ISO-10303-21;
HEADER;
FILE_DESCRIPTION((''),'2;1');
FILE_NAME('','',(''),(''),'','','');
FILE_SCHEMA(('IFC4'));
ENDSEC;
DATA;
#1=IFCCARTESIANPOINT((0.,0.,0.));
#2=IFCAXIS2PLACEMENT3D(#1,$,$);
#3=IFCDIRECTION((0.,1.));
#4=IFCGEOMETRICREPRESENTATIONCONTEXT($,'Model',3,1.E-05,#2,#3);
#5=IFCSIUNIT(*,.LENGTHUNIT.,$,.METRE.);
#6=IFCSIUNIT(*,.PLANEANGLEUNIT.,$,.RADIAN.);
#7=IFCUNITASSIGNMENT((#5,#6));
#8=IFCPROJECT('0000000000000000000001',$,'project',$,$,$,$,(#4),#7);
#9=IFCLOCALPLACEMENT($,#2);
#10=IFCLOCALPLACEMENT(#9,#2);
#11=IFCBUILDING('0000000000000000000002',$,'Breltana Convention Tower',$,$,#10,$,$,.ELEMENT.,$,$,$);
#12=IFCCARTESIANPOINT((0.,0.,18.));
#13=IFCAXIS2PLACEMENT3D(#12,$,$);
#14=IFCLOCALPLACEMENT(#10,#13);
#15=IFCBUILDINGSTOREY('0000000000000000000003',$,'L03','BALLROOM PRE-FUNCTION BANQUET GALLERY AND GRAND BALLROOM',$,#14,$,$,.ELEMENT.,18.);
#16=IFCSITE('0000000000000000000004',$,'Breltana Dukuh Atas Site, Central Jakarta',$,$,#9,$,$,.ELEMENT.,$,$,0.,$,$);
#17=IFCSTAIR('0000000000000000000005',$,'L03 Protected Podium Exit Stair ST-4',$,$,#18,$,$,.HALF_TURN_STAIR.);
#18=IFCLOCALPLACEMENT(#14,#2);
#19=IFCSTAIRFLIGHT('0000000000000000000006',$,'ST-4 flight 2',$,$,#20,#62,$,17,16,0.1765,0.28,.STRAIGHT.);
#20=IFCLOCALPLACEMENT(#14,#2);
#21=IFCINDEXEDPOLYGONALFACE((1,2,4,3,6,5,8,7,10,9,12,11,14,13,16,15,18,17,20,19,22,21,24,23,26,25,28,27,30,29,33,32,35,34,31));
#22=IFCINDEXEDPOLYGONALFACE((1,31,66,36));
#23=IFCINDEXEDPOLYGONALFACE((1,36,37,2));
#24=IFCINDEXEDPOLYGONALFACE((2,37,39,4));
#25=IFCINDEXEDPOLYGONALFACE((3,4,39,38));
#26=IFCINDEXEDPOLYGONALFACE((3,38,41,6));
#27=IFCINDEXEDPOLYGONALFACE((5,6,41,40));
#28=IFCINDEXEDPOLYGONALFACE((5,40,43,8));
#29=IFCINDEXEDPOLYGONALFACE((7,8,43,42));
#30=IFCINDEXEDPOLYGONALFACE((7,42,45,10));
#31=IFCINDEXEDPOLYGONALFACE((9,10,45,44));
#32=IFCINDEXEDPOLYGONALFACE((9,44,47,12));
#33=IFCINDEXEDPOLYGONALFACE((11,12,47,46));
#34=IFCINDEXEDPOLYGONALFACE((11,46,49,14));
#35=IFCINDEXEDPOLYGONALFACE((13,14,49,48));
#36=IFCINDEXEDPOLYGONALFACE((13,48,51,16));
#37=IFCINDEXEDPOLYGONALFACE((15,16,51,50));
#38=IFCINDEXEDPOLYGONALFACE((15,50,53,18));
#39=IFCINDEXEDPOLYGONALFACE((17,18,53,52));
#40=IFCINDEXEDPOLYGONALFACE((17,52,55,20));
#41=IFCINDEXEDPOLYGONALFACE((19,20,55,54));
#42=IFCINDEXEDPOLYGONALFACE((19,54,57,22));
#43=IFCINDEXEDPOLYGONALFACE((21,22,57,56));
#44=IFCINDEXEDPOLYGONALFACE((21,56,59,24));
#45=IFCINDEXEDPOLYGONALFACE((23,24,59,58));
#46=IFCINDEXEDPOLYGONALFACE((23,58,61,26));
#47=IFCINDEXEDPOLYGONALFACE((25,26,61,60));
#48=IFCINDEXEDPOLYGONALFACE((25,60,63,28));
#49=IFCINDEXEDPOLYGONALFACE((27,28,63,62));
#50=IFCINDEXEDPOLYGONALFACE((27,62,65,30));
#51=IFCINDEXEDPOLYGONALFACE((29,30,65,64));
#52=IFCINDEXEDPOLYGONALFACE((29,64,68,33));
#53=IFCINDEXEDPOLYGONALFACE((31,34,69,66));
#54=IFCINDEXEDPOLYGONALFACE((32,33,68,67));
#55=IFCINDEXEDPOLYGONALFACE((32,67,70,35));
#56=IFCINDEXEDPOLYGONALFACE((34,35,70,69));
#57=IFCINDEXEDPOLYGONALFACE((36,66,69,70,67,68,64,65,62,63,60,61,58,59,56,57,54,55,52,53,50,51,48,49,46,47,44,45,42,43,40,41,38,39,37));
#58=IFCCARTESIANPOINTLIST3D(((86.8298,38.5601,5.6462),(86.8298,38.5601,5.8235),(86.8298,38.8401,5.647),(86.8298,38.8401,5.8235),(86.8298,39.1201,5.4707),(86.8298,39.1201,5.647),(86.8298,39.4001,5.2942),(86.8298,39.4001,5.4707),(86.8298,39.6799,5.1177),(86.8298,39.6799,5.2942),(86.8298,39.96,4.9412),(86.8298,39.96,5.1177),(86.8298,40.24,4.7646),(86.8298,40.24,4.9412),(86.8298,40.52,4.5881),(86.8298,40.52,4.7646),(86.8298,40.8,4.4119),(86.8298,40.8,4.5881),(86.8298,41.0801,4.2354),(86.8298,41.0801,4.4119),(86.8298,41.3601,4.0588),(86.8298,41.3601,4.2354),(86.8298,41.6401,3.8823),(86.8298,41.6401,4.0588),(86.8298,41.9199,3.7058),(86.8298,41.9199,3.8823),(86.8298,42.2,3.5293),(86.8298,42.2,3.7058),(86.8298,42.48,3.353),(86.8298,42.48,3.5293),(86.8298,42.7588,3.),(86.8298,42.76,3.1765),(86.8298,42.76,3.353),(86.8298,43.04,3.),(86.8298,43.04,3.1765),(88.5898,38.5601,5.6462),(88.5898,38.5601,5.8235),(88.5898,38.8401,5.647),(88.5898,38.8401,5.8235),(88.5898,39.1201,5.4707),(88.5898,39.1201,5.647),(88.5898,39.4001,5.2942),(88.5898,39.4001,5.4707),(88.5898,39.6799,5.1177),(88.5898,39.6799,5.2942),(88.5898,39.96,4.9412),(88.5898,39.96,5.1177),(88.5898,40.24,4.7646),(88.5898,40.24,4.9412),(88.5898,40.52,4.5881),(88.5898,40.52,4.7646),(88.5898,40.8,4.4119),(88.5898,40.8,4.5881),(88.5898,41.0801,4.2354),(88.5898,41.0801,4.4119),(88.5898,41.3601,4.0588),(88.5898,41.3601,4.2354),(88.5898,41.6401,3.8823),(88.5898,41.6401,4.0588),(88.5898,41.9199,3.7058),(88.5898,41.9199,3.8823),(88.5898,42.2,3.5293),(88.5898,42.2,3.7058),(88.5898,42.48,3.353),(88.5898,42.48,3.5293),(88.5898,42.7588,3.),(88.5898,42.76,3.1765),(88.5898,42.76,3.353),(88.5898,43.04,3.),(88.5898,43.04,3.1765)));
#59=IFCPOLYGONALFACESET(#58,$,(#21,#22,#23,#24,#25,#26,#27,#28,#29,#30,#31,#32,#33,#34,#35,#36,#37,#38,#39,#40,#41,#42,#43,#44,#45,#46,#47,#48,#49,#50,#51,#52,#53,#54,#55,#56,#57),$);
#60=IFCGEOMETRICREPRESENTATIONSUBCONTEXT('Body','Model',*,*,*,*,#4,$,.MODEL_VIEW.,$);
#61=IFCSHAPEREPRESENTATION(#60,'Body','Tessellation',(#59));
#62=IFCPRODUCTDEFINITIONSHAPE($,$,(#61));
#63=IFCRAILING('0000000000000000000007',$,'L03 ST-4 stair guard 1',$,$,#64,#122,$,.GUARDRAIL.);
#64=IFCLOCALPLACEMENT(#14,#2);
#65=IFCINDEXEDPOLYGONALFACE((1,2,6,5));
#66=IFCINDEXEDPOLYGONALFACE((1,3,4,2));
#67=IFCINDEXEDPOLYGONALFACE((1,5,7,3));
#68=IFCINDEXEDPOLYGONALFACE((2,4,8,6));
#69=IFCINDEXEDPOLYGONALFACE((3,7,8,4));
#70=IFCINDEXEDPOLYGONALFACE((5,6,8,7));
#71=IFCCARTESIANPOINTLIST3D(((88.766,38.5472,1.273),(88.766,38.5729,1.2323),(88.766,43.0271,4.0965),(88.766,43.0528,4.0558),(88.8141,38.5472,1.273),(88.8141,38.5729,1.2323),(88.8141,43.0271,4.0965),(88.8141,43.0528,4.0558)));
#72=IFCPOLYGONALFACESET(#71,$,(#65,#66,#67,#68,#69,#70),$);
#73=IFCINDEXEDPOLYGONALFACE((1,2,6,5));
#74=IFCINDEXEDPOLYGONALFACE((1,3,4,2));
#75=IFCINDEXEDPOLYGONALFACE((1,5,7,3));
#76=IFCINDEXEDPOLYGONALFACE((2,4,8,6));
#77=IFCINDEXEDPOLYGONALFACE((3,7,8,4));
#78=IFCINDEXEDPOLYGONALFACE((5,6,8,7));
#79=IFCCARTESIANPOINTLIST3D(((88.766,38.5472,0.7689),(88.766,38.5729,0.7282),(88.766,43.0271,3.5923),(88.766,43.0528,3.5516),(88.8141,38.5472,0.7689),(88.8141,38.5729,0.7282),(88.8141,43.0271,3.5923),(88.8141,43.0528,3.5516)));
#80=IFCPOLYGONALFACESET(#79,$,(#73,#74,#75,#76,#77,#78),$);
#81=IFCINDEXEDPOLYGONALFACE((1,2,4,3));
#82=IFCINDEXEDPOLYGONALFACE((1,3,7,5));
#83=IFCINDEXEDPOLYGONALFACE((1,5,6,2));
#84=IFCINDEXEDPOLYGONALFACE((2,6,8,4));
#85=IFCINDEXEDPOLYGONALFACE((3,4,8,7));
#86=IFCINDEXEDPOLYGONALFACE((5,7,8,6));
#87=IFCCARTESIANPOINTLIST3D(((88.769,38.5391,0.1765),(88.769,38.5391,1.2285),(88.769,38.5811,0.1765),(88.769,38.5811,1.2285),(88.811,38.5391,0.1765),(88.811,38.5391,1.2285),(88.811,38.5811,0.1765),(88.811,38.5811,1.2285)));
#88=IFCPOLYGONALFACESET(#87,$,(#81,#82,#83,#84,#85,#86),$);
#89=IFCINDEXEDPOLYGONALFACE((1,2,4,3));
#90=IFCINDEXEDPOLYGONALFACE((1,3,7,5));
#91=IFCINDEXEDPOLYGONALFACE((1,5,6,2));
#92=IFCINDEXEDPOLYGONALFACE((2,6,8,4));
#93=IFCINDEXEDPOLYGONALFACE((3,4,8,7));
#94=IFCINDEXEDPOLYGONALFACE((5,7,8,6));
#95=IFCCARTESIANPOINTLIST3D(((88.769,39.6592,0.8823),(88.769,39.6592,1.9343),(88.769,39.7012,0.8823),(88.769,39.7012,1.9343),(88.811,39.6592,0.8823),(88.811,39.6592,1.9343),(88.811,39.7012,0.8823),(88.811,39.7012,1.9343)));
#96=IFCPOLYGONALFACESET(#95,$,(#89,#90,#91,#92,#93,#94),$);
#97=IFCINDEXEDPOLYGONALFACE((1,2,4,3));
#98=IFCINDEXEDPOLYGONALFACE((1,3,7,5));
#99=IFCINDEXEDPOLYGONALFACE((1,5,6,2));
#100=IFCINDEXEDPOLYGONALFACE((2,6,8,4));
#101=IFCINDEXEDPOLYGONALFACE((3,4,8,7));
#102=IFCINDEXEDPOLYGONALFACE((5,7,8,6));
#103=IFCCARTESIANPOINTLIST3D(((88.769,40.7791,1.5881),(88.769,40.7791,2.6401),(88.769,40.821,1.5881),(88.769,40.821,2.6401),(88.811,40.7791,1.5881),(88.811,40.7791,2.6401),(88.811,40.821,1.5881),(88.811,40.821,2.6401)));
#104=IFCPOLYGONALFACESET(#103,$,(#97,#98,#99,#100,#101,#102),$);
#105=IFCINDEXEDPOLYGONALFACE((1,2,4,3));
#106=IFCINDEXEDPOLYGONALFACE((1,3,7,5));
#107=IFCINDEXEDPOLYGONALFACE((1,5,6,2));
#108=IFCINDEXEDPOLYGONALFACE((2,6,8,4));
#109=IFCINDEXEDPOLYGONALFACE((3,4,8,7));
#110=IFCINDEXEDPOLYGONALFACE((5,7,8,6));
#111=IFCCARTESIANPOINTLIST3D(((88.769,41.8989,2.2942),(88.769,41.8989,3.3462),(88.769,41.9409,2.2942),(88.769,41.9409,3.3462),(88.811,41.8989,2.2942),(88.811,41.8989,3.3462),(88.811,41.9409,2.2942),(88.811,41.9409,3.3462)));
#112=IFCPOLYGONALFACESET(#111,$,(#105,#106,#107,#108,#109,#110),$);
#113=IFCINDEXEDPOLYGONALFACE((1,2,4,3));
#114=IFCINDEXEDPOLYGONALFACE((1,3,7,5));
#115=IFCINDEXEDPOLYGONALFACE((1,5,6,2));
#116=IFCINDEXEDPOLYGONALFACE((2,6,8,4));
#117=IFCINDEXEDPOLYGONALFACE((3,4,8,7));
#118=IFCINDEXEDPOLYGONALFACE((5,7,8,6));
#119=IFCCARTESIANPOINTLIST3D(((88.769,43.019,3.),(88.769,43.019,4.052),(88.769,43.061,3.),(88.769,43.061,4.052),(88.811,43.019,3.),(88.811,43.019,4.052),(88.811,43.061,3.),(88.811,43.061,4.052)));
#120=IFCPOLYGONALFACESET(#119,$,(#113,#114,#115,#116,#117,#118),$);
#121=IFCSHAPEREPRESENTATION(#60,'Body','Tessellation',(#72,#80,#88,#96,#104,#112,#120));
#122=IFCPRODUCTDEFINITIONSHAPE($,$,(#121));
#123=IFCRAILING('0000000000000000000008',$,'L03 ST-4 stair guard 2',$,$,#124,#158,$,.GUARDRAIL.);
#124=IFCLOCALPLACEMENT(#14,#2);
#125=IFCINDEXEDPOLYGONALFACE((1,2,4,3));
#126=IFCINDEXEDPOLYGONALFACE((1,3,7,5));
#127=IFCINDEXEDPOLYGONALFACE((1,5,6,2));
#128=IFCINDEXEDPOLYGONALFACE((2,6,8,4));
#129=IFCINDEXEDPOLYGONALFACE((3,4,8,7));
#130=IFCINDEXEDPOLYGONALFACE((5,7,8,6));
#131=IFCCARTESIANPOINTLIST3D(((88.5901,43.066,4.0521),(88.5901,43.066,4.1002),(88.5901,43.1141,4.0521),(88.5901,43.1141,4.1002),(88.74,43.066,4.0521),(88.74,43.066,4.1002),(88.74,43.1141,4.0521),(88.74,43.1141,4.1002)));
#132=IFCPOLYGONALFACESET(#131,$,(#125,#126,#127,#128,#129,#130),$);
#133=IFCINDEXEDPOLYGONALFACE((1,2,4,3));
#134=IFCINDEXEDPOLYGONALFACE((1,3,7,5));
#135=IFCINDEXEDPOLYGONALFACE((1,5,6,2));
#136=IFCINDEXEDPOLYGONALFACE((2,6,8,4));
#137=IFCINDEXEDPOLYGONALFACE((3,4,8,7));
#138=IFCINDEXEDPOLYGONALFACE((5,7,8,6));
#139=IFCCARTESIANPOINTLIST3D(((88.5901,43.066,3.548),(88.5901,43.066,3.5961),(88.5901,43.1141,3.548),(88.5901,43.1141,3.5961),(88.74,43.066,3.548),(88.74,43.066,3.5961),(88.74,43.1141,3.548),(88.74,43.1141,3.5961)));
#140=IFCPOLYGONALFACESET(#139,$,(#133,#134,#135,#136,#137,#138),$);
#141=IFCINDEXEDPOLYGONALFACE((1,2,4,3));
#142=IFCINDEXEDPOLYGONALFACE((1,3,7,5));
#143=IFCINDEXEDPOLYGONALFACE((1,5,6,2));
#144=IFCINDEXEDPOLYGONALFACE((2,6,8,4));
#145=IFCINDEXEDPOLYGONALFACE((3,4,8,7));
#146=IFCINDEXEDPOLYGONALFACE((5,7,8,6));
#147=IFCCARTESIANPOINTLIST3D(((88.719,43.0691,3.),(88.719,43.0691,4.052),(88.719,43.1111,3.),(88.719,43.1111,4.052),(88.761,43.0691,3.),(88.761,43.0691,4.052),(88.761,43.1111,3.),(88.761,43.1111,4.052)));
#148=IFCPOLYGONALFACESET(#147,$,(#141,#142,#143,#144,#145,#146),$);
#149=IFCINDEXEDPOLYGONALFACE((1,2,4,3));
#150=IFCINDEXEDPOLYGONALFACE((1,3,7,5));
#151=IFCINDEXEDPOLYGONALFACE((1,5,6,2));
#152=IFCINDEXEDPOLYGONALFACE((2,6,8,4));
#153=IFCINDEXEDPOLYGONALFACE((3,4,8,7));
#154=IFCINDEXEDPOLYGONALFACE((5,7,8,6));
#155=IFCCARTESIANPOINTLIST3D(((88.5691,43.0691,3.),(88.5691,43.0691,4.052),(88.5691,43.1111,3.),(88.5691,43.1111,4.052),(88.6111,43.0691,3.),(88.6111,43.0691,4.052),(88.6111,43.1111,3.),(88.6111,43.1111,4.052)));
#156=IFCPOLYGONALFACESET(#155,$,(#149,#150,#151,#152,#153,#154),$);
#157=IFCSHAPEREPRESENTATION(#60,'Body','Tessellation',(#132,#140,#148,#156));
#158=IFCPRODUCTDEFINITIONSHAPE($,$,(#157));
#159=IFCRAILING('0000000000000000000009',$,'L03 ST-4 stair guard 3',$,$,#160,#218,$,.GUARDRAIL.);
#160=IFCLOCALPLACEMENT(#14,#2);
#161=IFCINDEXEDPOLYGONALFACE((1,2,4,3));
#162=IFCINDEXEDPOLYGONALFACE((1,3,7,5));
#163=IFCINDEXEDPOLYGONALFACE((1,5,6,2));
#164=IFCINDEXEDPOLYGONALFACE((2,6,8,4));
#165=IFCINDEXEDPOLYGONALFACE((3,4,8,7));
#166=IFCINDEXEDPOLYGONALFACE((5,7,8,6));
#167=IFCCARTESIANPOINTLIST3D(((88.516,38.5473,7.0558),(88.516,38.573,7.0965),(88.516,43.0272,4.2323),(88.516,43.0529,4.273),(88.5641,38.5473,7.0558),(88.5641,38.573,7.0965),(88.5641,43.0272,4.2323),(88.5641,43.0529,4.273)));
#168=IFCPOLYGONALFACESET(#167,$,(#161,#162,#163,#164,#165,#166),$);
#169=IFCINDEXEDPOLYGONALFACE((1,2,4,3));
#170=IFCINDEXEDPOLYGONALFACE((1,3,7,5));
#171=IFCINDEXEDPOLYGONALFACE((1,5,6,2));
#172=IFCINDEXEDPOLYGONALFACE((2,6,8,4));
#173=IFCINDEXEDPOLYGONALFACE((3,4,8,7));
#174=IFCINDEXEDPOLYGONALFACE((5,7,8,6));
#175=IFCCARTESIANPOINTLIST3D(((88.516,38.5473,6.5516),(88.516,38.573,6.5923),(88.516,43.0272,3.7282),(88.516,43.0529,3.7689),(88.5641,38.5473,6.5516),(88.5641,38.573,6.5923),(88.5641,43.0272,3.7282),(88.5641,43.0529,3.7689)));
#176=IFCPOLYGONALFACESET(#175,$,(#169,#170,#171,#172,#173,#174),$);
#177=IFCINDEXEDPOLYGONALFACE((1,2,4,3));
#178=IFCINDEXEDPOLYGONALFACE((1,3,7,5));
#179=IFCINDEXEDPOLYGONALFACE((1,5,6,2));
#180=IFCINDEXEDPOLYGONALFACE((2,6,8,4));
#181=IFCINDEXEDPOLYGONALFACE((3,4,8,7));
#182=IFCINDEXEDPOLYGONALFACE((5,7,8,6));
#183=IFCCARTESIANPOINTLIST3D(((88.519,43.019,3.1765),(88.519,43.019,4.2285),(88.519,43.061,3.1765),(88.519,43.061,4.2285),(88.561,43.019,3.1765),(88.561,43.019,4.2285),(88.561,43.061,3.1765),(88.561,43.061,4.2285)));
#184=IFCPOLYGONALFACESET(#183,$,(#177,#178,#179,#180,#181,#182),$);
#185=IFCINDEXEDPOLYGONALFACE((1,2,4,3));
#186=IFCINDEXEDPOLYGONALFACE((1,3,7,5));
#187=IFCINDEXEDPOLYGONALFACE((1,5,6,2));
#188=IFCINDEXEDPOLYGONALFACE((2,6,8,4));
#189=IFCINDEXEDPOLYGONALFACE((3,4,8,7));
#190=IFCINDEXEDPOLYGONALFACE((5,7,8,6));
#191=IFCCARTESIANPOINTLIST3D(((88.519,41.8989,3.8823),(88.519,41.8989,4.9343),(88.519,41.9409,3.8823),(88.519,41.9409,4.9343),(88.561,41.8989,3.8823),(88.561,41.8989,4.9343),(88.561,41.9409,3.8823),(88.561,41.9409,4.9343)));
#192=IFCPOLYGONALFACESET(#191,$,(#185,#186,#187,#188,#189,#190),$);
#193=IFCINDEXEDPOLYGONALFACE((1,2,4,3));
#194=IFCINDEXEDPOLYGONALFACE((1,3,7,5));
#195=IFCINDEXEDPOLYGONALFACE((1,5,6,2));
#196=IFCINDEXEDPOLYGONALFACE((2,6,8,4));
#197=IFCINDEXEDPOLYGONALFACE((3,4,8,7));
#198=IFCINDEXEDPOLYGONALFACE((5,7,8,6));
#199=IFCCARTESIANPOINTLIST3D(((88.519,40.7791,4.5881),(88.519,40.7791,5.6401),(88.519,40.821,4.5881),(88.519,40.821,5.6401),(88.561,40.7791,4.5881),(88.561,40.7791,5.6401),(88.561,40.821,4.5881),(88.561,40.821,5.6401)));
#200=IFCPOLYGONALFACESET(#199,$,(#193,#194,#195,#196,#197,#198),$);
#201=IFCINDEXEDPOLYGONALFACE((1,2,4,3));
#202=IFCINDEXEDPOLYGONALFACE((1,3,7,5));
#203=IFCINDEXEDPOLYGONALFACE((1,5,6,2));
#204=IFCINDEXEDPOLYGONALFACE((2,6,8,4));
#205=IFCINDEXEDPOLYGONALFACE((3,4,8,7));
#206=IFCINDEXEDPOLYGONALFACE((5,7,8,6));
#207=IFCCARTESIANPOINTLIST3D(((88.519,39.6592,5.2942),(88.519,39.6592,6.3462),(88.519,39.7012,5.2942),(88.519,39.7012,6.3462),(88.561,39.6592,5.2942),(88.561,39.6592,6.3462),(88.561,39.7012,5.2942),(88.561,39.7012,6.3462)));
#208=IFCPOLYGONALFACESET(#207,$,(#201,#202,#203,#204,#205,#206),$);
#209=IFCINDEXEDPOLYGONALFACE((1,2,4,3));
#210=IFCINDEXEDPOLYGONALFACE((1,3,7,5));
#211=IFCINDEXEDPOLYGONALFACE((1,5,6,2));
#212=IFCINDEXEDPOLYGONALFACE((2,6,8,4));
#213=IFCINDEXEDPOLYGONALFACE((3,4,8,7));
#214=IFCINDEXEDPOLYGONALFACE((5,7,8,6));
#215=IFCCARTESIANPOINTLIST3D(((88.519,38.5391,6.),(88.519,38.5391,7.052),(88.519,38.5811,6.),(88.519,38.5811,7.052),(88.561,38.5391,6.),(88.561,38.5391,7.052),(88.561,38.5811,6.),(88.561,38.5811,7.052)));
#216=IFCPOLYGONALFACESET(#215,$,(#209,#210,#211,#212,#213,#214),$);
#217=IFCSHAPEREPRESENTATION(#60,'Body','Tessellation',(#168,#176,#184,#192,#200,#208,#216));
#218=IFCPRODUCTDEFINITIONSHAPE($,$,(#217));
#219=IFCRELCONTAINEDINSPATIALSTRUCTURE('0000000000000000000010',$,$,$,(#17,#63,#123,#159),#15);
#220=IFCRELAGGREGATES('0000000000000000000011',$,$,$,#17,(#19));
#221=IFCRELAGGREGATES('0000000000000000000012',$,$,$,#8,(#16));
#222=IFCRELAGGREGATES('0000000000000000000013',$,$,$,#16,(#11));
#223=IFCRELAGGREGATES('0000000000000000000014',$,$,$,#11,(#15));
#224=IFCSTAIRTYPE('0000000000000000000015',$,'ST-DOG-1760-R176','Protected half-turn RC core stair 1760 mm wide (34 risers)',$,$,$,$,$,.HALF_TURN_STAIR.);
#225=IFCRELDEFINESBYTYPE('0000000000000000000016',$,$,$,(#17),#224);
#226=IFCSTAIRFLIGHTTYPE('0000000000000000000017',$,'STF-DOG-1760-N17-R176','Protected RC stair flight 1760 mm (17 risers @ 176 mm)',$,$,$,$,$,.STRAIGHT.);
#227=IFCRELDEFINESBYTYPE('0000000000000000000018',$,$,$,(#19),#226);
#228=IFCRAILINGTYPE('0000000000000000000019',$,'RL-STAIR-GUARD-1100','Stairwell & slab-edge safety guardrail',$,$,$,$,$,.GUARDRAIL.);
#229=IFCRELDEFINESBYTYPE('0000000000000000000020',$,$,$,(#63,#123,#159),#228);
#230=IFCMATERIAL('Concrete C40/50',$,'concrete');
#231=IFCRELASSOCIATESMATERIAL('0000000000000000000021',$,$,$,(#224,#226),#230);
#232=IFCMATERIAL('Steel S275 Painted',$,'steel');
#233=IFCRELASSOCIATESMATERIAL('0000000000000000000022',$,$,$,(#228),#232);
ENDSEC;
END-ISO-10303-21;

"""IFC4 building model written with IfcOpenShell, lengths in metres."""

from ifc_helpers import new_model, si_unit, direction, frame, origin, origin_2d, place, context, subcontext, project, spatial, polyline, rectangle, outline, extrude, material, type_object, element, aggregate, save


model = new_model("IFC4")

# Units and contexts
model_context = context("Model", 3, precision=1e-05, world=origin(), true_north=direction((0.0, 1.0)))
body_context = subcontext(model_context, "Body", "Model", "MODEL_VIEW")
ifc_project = project(units=[si_unit("LENGTHUNIT", "METRE"), si_unit("PLANEANGLEUNIT", "RADIAN")], contexts=[model_context])

# Site, building, storey
site_placement = place(None, origin())
site = spatial("IfcSite", under=ifc_project, at=site_placement, Name="Breltana Dukuh Atas Site, Central Jakarta", CompositionType="ELEMENT", RefElevation=0.0)
building_placement = place(site_placement, origin())
building = spatial("IfcBuilding", under=site, at=building_placement, Name="Breltana Convention Tower", CompositionType="ELEMENT")
storey_placement = place(building_placement, frame((0.0, 0.0, 18.0)))
storey = spatial("IfcBuildingStorey", under=building, at=storey_placement, Name="L03", Description="BALLROOM PRE-FUNCTION BANQUET GALLERY AND GRAND BALLROOM", CompositionType="ELEMENT", Elevation=18.0)

# Shared definitions
ifc_material_1 = material(Name="Concrete C40/50", Category="concrete")

# Stair, stair flight
stair_type = type_object("IfcStairType", Name="ST-DOG-1760-R176", Description="Protected half-turn RC core stair 1760 mm wide (34 risers)", PredefinedType="HALF_TURN_STAIR", material=ifc_material_1)
stair_placement = place(storey_placement, origin())
stair = element("IfcStair", 1, at=stair_placement, inside=storey, type_object=stair_type, Name="L03 Protected Podium Exit Stair ST-4", PredefinedType="HALF_TURN_STAIR")
stair_flight_type = type_object("IfcStairFlightType", Name="STF-DOG-1760-N17-R176", Description="Protected RC stair flight 1760 mm (17 risers @ 176 mm)", PredefinedType="STRAIGHT", material=ifc_material_1)
stair_flight_1_placement = place(storey_placement, frame((87.71, 43.04, 3.0), z_axis=(0.0, 0.0, 1.0), x_axis=(0.0, -1.0, 0.0)))
stair_flight_1 = element("IfcStairFlight", 2, at=stair_flight_1_placement, type_object=stair_flight_type, Name="ST-4 flight 2", NumberOfRisers=17, NumberOfTreads=16, PredefinedType="STRAIGHT", RiserHeight=0.1765, TreadLength=0.28, context=body_context, shape_type="SweptSolid", body=[
    extrude(outline(polyline([(0.0, 0.0), (0.0, 0.1765), (0.28, 0.1765), (0.28, 0.353), (0.5601, 0.353), (0.5601, 0.5293), (0.8401, 0.5293), (0.8401, 0.7058), (1.1201, 0.7058), (1.1201, 0.8823), (1.3999, 0.8823), (1.3999, 1.0588), (1.6799, 1.0588), (1.6799, 1.2354), (1.96, 1.2354), (1.96, 1.4119), (2.24, 1.4119), (2.24, 1.5881), (2.52, 1.5881), (2.52, 1.7646), (2.8, 1.7646), (2.8, 1.9412), (3.0801, 1.9412), (3.0801, 2.1177), (3.3601, 2.1177), (3.3601, 2.2942), (3.6399, 2.2942), (3.6399, 2.4707), (3.9199, 2.4707), (3.9199, 2.647), (4.2, 2.647), (4.2, 2.8235), (4.48, 2.8235), (4.48, 3.0), (4.48, 2.6462), (0.2812, 0.0), (0.0, 0.0)])), frame((0.0, 0.8799, 0.0), z_axis=(0.0, -1.0, 0.0), x_axis=(1.0, 0.0, 0.0)), (0.0, 0.0, 1.0), 1.76),
])
aggregate(stair, [stair_flight_1])

# Railings
ifc_material_2 = material(Name="Steel S275 Painted", Category="steel")
railing_type_1 = type_object("IfcRailingType", Name="RL-STAIR-GUARD-1100", Description="Stairwell & slab-edge safety guardrail", PredefinedType="GUARDRAIL", material=ifc_material_2)
railing_1_placement = place(storey_placement, frame((88.79, 38.5601, 0.1765)))
element("IfcRailing", 3, at=railing_1_placement, inside=storey, type_object=railing_type_1, Name="L03 ST-4 stair guard 1", PredefinedType="GUARDRAIL", context=body_context, shape_type="SweptSolid", body=[
    extrude(rectangle(XDim=0.0481, YDim=0.0481, at=origin_2d()), frame((0.0, 0.0, 1.0762), z_axis=(0.0, 0.845998, 0.533186), x_axis=(-1.0, 0.0, 0.0)), (0.0, 0.0, 1.0), 5.2954),
    extrude(rectangle(XDim=0.0481, YDim=0.0481, at=origin_2d()), frame((0.0, 0.0, 0.572), z_axis=(0.0, 0.845998, 0.533186), x_axis=(-1.0, 0.0, 0.0)), (0.0, 0.0, 1.0), 5.2954),
    extrude(rectangle(XDim=0.042, YDim=0.042, at=origin_2d()), origin(), (0.0, 0.0, 1.0), 1.052),
    extrude(rectangle(XDim=0.042, YDim=0.042, at=origin_2d()), frame((0.0, 1.1201, 0.7058)), (0.0, 0.0, 1.0), 1.052),
    extrude(rectangle(XDim=0.042, YDim=0.042, at=origin_2d()), frame((0.0, 2.24, 1.4116)), (0.0, 0.0, 1.0), 1.052),
    extrude(rectangle(XDim=0.042, YDim=0.042, at=origin_2d()), frame((0.0, 3.3599, 2.1177)), (0.0, 0.0, 1.0), 1.052),
    extrude(rectangle(XDim=0.042, YDim=0.042, at=origin_2d()), frame((0.0, 4.48, 2.8235)), (0.0, 0.0, 1.0), 1.052),
])
railing_2_placement = place(storey_placement, frame((88.74, 43.0901, 3.0)))
element("IfcRailing", 4, at=railing_2_placement, inside=storey, type_object=railing_type_1, Name="L03 ST-4 stair guard 2", PredefinedType="GUARDRAIL", context=body_context, shape_type="SweptSolid", body=[
    extrude(rectangle(XDim=0.0481, YDim=0.0481, at=origin_2d()), frame((0.0, 0.0, 1.0762), z_axis=(-1.0, 0.0, 0.0), x_axis=(0.0, -1.0, 0.0)), (0.0, 0.0, 1.0), 0.1499),
    extrude(rectangle(XDim=0.0481, YDim=0.0481, at=origin_2d()), frame((0.0, 0.0, 0.572), z_axis=(-1.0, 0.0, 0.0), x_axis=(0.0, -1.0, 0.0)), (0.0, 0.0, 1.0), 0.1499),
    extrude(rectangle(XDim=0.042, YDim=0.042, at=origin_2d()), origin(), (0.0, 0.0, 1.0), 1.052),
    extrude(rectangle(XDim=0.042, YDim=0.042, at=origin_2d()), frame((-0.1499, 0.0, 0.0)), (0.0, 0.0, 1.0), 1.052),
])
railing_3_placement = place(storey_placement, frame((88.54, 43.04, 3.1765)))
element("IfcRailing", 5, at=railing_3_placement, inside=storey, type_object=railing_type_1, Name="L03 ST-4 stair guard 3", PredefinedType="GUARDRAIL", context=body_context, shape_type="SweptSolid", body=[
    extrude(rectangle(XDim=0.0481, YDim=0.0481, at=origin_2d()), frame((0.0, 0.0, 1.0762), z_axis=(0.0, -0.845998, 0.533186), x_axis=(1.0, 0.0, 0.0)), (0.0, 0.0, 1.0), 5.2954),
    extrude(rectangle(XDim=0.0481, YDim=0.0481, at=origin_2d()), frame((0.0, 0.0, 0.572), z_axis=(0.0, -0.845998, 0.533186), x_axis=(1.0, 0.0, 0.0)), (0.0, 0.0, 1.0), 5.2954),
    extrude(rectangle(XDim=0.042, YDim=0.042, at=origin_2d()), origin(), (0.0, 0.0, 1.0), 1.052),
    extrude(rectangle(XDim=0.042, YDim=0.042, at=origin_2d()), frame((0.0, -1.1201, 0.7058)), (0.0, 0.0, 1.0), 1.052),
    extrude(rectangle(XDim=0.042, YDim=0.042, at=origin_2d()), frame((0.0, -2.24, 1.4116)), (0.0, 0.0, 1.0), 1.052),
    extrude(rectangle(XDim=0.042, YDim=0.042, at=origin_2d()), frame((0.0, -3.3599, 2.1177)), (0.0, 0.0, 1.0), 1.052),
    extrude(rectangle(XDim=0.042, YDim=0.042, at=origin_2d()), frame((0.0, -4.48, 2.8235)), (0.0, 0.0, 1.0), 1.052),
])

save(model, "model.ifc")
